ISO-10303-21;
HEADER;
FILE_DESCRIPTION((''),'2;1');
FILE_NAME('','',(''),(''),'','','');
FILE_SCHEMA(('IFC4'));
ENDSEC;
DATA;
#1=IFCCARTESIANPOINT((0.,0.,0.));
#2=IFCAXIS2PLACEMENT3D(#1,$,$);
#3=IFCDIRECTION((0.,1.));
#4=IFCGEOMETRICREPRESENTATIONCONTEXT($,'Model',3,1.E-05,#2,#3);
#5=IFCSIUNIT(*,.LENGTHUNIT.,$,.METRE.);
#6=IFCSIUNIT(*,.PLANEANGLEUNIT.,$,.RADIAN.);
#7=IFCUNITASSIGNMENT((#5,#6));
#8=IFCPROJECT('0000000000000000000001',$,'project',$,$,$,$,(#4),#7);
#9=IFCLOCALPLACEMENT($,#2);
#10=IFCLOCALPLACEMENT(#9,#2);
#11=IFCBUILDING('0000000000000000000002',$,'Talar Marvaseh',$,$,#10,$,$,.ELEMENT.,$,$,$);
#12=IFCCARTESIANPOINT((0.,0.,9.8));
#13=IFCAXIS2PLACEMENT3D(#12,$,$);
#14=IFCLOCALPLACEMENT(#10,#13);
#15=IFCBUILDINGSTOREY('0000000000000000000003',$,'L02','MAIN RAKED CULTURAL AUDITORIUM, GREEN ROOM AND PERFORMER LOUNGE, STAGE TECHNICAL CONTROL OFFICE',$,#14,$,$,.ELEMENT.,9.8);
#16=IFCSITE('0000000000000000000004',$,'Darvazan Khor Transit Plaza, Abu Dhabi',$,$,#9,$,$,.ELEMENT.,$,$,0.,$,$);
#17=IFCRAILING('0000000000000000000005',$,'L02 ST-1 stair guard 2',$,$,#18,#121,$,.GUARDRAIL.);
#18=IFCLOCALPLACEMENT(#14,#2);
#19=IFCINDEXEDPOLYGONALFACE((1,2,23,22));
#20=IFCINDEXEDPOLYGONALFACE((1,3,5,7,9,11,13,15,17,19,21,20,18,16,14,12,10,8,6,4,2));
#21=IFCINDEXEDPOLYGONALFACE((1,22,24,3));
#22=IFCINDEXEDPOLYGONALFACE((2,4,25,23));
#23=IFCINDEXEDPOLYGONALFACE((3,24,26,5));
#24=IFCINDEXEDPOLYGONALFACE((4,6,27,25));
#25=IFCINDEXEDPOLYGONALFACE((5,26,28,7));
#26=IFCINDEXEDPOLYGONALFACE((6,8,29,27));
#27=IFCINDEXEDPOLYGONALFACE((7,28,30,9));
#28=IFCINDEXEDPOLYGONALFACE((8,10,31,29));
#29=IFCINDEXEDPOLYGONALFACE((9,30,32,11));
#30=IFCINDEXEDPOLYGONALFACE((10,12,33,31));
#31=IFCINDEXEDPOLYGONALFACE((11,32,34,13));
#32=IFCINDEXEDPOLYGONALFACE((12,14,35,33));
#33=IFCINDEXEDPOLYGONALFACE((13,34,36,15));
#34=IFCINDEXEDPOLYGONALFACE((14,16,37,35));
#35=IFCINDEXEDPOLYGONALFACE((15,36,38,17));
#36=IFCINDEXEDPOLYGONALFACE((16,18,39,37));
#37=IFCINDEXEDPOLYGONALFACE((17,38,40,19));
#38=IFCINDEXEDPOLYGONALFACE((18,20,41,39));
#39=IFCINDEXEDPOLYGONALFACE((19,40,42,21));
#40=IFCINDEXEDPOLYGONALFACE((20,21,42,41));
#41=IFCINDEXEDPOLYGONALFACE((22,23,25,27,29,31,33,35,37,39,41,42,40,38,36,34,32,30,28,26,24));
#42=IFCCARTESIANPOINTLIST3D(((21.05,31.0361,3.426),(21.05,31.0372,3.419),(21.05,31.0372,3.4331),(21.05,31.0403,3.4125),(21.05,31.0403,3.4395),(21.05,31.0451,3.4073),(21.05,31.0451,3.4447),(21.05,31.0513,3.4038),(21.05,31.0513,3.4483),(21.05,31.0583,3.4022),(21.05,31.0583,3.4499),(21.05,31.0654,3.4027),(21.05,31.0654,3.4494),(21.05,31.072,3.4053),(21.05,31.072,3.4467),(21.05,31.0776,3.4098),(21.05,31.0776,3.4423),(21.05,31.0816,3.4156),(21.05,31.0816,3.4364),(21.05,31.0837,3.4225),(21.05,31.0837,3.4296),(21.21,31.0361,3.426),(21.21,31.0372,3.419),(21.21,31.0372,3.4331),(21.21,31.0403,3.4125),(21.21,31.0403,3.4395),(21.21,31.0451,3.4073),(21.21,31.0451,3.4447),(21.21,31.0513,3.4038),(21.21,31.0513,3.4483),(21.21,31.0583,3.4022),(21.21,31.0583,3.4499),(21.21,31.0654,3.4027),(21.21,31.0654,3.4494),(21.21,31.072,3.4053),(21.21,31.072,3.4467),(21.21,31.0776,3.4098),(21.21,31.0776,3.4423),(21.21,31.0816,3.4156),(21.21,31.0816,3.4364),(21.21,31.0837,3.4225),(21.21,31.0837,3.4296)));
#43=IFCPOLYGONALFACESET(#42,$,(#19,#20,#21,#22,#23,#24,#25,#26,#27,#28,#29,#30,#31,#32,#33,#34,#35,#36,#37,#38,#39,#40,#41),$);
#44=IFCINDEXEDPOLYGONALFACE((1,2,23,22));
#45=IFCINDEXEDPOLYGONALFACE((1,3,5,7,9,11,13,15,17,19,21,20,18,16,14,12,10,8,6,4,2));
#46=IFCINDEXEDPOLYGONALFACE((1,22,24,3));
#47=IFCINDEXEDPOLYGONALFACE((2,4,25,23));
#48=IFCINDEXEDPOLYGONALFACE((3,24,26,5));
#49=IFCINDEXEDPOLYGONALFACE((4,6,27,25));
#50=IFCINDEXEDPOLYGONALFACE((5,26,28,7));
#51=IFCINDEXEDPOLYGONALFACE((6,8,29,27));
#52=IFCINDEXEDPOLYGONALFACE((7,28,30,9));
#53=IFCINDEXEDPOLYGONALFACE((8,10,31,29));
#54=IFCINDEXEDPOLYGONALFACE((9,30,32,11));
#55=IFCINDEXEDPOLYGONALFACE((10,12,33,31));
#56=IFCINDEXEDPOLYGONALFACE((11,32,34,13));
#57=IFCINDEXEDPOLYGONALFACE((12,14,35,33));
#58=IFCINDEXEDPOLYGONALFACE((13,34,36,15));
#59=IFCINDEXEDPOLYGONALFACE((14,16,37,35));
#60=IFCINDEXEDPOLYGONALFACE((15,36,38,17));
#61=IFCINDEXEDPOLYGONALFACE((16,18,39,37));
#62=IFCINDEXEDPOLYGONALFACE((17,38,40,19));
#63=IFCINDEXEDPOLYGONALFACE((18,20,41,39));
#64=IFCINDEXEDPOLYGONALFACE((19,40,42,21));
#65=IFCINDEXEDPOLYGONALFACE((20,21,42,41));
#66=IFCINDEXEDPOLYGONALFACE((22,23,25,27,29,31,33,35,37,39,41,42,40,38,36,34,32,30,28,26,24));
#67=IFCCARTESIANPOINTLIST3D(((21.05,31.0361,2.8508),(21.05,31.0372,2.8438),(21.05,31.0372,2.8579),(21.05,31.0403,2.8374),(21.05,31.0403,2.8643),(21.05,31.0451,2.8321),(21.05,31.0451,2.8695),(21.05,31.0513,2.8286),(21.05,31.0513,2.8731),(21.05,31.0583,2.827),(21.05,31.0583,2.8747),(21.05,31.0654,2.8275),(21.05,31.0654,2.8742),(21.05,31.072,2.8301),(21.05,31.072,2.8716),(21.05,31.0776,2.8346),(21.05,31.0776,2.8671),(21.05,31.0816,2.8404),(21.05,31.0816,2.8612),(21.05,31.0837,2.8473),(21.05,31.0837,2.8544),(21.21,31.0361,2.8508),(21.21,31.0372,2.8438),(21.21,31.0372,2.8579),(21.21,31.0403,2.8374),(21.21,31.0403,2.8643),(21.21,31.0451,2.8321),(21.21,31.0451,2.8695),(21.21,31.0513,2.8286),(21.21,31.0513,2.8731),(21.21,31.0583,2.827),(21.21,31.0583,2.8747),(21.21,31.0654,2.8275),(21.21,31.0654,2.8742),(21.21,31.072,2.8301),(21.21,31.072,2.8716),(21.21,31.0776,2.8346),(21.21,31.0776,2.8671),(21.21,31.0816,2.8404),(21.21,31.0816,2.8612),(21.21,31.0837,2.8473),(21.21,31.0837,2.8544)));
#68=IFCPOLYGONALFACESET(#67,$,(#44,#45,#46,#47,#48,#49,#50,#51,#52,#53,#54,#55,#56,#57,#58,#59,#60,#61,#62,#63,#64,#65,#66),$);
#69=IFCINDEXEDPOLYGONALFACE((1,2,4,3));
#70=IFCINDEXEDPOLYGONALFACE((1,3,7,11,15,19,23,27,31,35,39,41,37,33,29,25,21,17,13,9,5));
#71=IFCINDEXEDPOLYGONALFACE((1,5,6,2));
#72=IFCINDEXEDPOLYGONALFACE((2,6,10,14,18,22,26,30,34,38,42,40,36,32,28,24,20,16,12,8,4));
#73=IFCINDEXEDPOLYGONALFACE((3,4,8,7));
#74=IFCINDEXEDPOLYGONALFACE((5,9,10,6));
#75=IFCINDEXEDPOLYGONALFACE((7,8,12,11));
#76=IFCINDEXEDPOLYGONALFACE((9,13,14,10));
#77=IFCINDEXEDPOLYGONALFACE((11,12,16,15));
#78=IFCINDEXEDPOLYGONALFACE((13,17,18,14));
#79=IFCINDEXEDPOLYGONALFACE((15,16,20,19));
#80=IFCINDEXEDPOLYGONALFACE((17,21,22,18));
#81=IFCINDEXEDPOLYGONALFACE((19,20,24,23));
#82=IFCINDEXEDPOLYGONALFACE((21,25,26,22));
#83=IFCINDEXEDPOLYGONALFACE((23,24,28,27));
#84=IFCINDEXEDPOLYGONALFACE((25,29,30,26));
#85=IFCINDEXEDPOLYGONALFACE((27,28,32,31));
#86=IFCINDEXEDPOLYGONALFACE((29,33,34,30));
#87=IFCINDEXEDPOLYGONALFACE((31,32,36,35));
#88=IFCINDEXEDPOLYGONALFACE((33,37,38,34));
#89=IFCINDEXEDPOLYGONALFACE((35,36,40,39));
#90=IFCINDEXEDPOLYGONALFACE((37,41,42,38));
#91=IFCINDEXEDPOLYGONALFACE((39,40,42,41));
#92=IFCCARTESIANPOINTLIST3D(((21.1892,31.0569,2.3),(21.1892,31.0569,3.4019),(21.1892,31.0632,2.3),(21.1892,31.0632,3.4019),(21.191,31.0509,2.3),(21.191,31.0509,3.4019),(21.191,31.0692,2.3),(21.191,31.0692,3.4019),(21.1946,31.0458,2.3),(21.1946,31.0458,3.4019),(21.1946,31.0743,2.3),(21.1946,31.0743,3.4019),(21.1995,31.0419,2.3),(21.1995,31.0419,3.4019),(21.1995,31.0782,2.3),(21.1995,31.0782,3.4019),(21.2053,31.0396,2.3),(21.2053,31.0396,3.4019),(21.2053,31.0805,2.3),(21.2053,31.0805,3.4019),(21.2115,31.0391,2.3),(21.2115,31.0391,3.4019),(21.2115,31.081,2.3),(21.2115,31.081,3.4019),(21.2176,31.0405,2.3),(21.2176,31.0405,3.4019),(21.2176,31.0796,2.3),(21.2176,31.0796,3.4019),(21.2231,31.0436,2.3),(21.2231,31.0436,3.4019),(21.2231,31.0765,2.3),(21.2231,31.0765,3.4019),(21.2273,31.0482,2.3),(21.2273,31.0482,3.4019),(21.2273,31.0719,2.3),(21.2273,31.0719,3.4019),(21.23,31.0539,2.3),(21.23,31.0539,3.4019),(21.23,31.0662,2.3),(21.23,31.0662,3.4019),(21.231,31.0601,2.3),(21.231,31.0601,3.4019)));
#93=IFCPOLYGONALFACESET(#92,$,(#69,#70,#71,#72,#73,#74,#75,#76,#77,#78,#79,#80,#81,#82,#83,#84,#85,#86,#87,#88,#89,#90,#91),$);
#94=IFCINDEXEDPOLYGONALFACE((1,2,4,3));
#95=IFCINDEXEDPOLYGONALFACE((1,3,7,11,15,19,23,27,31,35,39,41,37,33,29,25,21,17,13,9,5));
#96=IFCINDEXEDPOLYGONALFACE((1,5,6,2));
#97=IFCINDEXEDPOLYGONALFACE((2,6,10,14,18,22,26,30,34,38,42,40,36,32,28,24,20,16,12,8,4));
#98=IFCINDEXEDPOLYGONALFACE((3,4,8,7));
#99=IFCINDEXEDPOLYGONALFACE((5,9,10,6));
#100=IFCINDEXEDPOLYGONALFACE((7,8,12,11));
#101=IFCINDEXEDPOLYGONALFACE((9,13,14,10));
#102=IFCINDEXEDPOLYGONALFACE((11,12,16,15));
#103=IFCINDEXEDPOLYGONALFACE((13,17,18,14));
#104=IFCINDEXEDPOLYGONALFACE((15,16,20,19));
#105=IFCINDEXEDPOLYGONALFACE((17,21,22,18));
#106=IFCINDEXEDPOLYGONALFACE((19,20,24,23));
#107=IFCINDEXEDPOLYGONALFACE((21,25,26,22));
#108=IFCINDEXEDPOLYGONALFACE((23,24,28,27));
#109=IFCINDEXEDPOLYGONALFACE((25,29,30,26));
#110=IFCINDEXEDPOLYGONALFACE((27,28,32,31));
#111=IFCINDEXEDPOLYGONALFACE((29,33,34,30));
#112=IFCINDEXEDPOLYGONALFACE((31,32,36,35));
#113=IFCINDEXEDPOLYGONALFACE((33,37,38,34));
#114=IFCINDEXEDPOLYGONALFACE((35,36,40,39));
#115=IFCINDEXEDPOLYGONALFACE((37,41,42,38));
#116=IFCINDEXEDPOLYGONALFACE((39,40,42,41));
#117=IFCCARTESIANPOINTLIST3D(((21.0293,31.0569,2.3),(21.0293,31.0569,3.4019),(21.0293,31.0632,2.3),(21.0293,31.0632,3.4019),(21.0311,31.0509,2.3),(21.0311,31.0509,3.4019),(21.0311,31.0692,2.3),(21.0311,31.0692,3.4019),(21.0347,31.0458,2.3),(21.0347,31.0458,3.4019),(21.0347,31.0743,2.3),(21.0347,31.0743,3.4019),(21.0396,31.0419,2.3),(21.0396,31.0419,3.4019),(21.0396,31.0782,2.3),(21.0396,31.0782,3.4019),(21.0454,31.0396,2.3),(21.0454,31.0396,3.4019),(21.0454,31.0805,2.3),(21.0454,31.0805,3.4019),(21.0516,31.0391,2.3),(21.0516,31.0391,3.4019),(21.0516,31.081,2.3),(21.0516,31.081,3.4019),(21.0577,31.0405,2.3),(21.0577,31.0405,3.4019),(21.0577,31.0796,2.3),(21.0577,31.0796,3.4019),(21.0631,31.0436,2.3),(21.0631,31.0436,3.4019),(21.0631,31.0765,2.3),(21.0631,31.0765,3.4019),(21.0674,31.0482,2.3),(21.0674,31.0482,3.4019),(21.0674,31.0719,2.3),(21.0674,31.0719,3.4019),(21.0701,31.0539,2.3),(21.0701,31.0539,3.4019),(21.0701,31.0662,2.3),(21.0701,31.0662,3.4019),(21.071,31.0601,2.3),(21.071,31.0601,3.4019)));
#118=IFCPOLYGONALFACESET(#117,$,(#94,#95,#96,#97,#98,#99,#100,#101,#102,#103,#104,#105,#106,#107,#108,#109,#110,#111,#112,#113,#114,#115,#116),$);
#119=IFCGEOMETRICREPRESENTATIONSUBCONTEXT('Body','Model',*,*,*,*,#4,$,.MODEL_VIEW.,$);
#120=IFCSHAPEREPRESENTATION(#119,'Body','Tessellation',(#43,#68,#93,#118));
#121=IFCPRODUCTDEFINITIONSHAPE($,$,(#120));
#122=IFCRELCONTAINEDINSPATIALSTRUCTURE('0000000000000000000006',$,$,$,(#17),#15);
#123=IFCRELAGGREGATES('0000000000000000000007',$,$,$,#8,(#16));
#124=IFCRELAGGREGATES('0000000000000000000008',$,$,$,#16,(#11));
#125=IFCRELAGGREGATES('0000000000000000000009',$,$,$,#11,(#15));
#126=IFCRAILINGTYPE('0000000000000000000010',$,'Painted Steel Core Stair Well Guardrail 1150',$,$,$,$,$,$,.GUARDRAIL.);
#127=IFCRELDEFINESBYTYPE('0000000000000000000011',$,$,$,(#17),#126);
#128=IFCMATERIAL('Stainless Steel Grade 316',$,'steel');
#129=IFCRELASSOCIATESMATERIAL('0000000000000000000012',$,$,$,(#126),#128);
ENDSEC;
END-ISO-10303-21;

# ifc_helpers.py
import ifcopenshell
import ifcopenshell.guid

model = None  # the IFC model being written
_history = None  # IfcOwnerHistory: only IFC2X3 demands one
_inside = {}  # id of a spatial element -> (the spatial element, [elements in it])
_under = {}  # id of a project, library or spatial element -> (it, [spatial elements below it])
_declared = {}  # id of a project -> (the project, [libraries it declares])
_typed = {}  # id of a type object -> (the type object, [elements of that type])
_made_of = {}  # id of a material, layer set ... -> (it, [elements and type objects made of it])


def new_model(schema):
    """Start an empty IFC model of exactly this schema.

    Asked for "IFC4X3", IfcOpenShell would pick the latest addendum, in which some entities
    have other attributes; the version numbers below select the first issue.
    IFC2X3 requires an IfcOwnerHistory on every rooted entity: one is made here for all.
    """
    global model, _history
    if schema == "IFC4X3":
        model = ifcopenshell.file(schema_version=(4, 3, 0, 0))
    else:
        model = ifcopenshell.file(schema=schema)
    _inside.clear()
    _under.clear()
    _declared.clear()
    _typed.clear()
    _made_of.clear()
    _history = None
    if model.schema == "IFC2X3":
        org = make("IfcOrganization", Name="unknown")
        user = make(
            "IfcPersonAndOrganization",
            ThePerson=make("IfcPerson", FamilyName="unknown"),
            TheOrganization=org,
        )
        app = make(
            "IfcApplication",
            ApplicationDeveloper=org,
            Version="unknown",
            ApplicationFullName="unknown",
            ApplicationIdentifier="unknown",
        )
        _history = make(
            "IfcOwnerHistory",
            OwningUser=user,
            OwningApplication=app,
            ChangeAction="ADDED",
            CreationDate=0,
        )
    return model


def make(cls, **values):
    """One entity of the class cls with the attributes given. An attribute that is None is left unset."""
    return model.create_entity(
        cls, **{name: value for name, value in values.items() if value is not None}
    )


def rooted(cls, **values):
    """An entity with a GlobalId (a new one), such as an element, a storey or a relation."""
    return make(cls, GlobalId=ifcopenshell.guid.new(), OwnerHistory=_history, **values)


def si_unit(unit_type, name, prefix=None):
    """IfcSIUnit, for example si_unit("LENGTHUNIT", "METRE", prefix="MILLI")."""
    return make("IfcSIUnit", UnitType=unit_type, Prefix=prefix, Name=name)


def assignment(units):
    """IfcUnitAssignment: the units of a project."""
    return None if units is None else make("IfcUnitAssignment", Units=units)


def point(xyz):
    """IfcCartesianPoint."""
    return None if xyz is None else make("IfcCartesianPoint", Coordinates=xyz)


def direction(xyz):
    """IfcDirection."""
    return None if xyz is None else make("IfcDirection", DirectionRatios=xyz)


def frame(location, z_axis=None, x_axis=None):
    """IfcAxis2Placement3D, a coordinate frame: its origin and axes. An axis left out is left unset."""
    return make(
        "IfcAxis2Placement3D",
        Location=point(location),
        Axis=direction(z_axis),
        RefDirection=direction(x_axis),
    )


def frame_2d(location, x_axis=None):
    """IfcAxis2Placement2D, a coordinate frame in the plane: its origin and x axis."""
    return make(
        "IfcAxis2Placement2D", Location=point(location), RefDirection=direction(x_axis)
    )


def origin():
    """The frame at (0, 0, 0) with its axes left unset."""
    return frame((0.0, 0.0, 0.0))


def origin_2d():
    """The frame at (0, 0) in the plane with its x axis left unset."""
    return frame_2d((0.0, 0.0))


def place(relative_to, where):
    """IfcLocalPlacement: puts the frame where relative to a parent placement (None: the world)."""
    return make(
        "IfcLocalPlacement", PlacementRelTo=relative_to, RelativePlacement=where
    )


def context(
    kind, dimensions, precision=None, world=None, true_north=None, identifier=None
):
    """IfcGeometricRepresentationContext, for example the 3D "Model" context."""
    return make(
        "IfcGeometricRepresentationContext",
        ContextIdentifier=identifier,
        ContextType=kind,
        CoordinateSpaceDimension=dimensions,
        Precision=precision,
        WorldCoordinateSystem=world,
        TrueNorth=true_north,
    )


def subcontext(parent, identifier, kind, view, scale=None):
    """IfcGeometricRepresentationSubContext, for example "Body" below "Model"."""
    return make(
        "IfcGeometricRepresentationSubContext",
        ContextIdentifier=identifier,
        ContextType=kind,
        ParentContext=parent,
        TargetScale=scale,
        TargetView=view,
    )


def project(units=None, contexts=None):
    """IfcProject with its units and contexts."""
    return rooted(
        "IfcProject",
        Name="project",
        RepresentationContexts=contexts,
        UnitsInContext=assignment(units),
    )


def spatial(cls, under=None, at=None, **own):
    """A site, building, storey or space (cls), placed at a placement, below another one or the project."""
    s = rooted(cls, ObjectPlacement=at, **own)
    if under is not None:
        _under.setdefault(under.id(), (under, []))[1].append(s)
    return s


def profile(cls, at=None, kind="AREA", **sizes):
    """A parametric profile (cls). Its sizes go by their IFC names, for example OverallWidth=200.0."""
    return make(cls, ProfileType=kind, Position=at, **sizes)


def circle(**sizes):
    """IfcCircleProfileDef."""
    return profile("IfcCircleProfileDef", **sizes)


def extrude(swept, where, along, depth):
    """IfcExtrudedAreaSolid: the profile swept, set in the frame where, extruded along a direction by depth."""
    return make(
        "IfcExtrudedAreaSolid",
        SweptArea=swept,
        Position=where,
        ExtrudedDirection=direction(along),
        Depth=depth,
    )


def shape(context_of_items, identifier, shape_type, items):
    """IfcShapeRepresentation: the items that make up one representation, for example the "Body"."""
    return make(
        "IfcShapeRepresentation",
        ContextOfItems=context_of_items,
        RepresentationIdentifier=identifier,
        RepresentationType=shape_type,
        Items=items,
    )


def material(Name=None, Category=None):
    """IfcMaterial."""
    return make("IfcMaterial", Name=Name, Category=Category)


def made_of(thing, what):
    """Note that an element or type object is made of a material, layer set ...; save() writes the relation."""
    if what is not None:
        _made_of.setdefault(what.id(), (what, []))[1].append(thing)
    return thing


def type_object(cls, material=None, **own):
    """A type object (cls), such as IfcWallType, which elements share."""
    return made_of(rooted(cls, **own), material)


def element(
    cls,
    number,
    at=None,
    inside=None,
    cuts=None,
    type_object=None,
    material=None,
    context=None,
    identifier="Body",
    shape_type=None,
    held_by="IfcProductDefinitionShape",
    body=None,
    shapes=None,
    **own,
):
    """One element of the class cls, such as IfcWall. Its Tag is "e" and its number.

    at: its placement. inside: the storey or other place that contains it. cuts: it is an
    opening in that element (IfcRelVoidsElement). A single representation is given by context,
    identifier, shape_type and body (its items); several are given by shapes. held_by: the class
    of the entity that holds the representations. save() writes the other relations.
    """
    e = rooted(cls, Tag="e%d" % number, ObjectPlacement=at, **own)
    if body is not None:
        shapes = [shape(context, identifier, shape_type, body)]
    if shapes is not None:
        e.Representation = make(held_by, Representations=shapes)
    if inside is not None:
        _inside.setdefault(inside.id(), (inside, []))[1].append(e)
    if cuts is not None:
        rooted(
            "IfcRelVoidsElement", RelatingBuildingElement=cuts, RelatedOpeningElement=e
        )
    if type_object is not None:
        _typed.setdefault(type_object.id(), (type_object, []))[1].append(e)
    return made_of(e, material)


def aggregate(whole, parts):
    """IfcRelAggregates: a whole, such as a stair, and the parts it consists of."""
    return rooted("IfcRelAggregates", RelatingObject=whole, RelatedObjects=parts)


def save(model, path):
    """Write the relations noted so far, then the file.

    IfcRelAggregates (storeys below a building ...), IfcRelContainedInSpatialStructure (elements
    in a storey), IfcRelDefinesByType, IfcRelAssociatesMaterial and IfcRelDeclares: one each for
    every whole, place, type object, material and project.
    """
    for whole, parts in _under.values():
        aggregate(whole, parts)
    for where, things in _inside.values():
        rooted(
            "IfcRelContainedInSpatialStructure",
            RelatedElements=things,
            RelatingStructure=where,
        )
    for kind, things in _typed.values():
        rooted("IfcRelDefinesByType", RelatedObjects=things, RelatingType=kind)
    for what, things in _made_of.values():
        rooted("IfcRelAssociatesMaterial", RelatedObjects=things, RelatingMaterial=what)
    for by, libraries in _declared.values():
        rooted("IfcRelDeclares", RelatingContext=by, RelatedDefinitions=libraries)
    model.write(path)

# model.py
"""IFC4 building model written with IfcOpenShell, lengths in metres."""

from ifc_helpers import new_model, si_unit, direction, frame, origin, origin_2d, place, context, subcontext, project, spatial, circle, extrude, material, type_object, element, save


model = new_model("IFC4")

# Units and contexts
model_context = context("Model", 3, precision=1e-05, world=origin(), true_north=direction((0.0, 1.0)))
body_context = subcontext(model_context, "Body", "Model", "MODEL_VIEW")
ifc_project = project(units=[si_unit("LENGTHUNIT", "METRE"), si_unit("PLANEANGLEUNIT", "RADIAN")], contexts=[model_context])

# Site, building, storey
site_placement = place(None, origin())
site = spatial("IfcSite", under=ifc_project, at=site_placement, Name="Darvazan Khor Transit Plaza, Abu Dhabi", CompositionType="ELEMENT", RefElevation=0.0)
building_placement = place(site_placement, origin())
building = spatial("IfcBuilding", under=site, at=building_placement, Name="Talar Marvaseh", CompositionType="ELEMENT")
storey_placement = place(building_placement, frame((0.0, 0.0, 9.8)))
storey = spatial("IfcBuildingStorey", under=building, at=storey_placement, Name="L02", Description="MAIN RAKED CULTURAL AUDITORIUM, GREEN ROOM AND PERFORMER LOUNGE, STAGE TECHNICAL CONTROL OFFICE", CompositionType="ELEMENT", Elevation=9.8)

# Shared definitions
ifc_material_1 = material(Name="Stainless Steel Grade 316", Category="steel")

# Railing
railing_type_1 = type_object("IfcRailingType", Name="Painted Steel Core Stair Well Guardrail 1150", PredefinedType="GUARDRAIL", material=ifc_material_1)
railing_1_placement = place(storey_placement, frame((21.21, 31.0601, 2.3)))
element("IfcRailing", 1, at=railing_1_placement, inside=storey, type_object=railing_type_1, Name="L02 ST-1 stair guard 2", PredefinedType="GUARDRAIL", context=body_context, shape_type="SweptSolid", body=[
    extrude(circle(Radius=0.0239, at=origin_2d()), frame((0.0, 0.0, 1.126), z_axis=(-1.0, 0.0, 0.0), x_axis=(0.0, -1.0, 0.0)), (0.0, 0.0, 1.0), 0.1599),
    extrude(circle(Radius=0.0239, at=origin_2d()), frame((0.0, 0.0, 0.5508), z_axis=(-1.0, 0.0, 0.0), x_axis=(0.0, -1.0, 0.0)), (0.0, 0.0, 1.0), 0.1599),
    extrude(circle(Radius=0.021, at=origin_2d()), origin(), (0.0, 0.0, 1.0), 1.1018),
    extrude(circle(Radius=0.021, at=origin_2d()), frame((-0.1599, 0.0, 0.0)), (0.0, 0.0, 1.0), 1.1018),
])

save(model, "model.ifc")
